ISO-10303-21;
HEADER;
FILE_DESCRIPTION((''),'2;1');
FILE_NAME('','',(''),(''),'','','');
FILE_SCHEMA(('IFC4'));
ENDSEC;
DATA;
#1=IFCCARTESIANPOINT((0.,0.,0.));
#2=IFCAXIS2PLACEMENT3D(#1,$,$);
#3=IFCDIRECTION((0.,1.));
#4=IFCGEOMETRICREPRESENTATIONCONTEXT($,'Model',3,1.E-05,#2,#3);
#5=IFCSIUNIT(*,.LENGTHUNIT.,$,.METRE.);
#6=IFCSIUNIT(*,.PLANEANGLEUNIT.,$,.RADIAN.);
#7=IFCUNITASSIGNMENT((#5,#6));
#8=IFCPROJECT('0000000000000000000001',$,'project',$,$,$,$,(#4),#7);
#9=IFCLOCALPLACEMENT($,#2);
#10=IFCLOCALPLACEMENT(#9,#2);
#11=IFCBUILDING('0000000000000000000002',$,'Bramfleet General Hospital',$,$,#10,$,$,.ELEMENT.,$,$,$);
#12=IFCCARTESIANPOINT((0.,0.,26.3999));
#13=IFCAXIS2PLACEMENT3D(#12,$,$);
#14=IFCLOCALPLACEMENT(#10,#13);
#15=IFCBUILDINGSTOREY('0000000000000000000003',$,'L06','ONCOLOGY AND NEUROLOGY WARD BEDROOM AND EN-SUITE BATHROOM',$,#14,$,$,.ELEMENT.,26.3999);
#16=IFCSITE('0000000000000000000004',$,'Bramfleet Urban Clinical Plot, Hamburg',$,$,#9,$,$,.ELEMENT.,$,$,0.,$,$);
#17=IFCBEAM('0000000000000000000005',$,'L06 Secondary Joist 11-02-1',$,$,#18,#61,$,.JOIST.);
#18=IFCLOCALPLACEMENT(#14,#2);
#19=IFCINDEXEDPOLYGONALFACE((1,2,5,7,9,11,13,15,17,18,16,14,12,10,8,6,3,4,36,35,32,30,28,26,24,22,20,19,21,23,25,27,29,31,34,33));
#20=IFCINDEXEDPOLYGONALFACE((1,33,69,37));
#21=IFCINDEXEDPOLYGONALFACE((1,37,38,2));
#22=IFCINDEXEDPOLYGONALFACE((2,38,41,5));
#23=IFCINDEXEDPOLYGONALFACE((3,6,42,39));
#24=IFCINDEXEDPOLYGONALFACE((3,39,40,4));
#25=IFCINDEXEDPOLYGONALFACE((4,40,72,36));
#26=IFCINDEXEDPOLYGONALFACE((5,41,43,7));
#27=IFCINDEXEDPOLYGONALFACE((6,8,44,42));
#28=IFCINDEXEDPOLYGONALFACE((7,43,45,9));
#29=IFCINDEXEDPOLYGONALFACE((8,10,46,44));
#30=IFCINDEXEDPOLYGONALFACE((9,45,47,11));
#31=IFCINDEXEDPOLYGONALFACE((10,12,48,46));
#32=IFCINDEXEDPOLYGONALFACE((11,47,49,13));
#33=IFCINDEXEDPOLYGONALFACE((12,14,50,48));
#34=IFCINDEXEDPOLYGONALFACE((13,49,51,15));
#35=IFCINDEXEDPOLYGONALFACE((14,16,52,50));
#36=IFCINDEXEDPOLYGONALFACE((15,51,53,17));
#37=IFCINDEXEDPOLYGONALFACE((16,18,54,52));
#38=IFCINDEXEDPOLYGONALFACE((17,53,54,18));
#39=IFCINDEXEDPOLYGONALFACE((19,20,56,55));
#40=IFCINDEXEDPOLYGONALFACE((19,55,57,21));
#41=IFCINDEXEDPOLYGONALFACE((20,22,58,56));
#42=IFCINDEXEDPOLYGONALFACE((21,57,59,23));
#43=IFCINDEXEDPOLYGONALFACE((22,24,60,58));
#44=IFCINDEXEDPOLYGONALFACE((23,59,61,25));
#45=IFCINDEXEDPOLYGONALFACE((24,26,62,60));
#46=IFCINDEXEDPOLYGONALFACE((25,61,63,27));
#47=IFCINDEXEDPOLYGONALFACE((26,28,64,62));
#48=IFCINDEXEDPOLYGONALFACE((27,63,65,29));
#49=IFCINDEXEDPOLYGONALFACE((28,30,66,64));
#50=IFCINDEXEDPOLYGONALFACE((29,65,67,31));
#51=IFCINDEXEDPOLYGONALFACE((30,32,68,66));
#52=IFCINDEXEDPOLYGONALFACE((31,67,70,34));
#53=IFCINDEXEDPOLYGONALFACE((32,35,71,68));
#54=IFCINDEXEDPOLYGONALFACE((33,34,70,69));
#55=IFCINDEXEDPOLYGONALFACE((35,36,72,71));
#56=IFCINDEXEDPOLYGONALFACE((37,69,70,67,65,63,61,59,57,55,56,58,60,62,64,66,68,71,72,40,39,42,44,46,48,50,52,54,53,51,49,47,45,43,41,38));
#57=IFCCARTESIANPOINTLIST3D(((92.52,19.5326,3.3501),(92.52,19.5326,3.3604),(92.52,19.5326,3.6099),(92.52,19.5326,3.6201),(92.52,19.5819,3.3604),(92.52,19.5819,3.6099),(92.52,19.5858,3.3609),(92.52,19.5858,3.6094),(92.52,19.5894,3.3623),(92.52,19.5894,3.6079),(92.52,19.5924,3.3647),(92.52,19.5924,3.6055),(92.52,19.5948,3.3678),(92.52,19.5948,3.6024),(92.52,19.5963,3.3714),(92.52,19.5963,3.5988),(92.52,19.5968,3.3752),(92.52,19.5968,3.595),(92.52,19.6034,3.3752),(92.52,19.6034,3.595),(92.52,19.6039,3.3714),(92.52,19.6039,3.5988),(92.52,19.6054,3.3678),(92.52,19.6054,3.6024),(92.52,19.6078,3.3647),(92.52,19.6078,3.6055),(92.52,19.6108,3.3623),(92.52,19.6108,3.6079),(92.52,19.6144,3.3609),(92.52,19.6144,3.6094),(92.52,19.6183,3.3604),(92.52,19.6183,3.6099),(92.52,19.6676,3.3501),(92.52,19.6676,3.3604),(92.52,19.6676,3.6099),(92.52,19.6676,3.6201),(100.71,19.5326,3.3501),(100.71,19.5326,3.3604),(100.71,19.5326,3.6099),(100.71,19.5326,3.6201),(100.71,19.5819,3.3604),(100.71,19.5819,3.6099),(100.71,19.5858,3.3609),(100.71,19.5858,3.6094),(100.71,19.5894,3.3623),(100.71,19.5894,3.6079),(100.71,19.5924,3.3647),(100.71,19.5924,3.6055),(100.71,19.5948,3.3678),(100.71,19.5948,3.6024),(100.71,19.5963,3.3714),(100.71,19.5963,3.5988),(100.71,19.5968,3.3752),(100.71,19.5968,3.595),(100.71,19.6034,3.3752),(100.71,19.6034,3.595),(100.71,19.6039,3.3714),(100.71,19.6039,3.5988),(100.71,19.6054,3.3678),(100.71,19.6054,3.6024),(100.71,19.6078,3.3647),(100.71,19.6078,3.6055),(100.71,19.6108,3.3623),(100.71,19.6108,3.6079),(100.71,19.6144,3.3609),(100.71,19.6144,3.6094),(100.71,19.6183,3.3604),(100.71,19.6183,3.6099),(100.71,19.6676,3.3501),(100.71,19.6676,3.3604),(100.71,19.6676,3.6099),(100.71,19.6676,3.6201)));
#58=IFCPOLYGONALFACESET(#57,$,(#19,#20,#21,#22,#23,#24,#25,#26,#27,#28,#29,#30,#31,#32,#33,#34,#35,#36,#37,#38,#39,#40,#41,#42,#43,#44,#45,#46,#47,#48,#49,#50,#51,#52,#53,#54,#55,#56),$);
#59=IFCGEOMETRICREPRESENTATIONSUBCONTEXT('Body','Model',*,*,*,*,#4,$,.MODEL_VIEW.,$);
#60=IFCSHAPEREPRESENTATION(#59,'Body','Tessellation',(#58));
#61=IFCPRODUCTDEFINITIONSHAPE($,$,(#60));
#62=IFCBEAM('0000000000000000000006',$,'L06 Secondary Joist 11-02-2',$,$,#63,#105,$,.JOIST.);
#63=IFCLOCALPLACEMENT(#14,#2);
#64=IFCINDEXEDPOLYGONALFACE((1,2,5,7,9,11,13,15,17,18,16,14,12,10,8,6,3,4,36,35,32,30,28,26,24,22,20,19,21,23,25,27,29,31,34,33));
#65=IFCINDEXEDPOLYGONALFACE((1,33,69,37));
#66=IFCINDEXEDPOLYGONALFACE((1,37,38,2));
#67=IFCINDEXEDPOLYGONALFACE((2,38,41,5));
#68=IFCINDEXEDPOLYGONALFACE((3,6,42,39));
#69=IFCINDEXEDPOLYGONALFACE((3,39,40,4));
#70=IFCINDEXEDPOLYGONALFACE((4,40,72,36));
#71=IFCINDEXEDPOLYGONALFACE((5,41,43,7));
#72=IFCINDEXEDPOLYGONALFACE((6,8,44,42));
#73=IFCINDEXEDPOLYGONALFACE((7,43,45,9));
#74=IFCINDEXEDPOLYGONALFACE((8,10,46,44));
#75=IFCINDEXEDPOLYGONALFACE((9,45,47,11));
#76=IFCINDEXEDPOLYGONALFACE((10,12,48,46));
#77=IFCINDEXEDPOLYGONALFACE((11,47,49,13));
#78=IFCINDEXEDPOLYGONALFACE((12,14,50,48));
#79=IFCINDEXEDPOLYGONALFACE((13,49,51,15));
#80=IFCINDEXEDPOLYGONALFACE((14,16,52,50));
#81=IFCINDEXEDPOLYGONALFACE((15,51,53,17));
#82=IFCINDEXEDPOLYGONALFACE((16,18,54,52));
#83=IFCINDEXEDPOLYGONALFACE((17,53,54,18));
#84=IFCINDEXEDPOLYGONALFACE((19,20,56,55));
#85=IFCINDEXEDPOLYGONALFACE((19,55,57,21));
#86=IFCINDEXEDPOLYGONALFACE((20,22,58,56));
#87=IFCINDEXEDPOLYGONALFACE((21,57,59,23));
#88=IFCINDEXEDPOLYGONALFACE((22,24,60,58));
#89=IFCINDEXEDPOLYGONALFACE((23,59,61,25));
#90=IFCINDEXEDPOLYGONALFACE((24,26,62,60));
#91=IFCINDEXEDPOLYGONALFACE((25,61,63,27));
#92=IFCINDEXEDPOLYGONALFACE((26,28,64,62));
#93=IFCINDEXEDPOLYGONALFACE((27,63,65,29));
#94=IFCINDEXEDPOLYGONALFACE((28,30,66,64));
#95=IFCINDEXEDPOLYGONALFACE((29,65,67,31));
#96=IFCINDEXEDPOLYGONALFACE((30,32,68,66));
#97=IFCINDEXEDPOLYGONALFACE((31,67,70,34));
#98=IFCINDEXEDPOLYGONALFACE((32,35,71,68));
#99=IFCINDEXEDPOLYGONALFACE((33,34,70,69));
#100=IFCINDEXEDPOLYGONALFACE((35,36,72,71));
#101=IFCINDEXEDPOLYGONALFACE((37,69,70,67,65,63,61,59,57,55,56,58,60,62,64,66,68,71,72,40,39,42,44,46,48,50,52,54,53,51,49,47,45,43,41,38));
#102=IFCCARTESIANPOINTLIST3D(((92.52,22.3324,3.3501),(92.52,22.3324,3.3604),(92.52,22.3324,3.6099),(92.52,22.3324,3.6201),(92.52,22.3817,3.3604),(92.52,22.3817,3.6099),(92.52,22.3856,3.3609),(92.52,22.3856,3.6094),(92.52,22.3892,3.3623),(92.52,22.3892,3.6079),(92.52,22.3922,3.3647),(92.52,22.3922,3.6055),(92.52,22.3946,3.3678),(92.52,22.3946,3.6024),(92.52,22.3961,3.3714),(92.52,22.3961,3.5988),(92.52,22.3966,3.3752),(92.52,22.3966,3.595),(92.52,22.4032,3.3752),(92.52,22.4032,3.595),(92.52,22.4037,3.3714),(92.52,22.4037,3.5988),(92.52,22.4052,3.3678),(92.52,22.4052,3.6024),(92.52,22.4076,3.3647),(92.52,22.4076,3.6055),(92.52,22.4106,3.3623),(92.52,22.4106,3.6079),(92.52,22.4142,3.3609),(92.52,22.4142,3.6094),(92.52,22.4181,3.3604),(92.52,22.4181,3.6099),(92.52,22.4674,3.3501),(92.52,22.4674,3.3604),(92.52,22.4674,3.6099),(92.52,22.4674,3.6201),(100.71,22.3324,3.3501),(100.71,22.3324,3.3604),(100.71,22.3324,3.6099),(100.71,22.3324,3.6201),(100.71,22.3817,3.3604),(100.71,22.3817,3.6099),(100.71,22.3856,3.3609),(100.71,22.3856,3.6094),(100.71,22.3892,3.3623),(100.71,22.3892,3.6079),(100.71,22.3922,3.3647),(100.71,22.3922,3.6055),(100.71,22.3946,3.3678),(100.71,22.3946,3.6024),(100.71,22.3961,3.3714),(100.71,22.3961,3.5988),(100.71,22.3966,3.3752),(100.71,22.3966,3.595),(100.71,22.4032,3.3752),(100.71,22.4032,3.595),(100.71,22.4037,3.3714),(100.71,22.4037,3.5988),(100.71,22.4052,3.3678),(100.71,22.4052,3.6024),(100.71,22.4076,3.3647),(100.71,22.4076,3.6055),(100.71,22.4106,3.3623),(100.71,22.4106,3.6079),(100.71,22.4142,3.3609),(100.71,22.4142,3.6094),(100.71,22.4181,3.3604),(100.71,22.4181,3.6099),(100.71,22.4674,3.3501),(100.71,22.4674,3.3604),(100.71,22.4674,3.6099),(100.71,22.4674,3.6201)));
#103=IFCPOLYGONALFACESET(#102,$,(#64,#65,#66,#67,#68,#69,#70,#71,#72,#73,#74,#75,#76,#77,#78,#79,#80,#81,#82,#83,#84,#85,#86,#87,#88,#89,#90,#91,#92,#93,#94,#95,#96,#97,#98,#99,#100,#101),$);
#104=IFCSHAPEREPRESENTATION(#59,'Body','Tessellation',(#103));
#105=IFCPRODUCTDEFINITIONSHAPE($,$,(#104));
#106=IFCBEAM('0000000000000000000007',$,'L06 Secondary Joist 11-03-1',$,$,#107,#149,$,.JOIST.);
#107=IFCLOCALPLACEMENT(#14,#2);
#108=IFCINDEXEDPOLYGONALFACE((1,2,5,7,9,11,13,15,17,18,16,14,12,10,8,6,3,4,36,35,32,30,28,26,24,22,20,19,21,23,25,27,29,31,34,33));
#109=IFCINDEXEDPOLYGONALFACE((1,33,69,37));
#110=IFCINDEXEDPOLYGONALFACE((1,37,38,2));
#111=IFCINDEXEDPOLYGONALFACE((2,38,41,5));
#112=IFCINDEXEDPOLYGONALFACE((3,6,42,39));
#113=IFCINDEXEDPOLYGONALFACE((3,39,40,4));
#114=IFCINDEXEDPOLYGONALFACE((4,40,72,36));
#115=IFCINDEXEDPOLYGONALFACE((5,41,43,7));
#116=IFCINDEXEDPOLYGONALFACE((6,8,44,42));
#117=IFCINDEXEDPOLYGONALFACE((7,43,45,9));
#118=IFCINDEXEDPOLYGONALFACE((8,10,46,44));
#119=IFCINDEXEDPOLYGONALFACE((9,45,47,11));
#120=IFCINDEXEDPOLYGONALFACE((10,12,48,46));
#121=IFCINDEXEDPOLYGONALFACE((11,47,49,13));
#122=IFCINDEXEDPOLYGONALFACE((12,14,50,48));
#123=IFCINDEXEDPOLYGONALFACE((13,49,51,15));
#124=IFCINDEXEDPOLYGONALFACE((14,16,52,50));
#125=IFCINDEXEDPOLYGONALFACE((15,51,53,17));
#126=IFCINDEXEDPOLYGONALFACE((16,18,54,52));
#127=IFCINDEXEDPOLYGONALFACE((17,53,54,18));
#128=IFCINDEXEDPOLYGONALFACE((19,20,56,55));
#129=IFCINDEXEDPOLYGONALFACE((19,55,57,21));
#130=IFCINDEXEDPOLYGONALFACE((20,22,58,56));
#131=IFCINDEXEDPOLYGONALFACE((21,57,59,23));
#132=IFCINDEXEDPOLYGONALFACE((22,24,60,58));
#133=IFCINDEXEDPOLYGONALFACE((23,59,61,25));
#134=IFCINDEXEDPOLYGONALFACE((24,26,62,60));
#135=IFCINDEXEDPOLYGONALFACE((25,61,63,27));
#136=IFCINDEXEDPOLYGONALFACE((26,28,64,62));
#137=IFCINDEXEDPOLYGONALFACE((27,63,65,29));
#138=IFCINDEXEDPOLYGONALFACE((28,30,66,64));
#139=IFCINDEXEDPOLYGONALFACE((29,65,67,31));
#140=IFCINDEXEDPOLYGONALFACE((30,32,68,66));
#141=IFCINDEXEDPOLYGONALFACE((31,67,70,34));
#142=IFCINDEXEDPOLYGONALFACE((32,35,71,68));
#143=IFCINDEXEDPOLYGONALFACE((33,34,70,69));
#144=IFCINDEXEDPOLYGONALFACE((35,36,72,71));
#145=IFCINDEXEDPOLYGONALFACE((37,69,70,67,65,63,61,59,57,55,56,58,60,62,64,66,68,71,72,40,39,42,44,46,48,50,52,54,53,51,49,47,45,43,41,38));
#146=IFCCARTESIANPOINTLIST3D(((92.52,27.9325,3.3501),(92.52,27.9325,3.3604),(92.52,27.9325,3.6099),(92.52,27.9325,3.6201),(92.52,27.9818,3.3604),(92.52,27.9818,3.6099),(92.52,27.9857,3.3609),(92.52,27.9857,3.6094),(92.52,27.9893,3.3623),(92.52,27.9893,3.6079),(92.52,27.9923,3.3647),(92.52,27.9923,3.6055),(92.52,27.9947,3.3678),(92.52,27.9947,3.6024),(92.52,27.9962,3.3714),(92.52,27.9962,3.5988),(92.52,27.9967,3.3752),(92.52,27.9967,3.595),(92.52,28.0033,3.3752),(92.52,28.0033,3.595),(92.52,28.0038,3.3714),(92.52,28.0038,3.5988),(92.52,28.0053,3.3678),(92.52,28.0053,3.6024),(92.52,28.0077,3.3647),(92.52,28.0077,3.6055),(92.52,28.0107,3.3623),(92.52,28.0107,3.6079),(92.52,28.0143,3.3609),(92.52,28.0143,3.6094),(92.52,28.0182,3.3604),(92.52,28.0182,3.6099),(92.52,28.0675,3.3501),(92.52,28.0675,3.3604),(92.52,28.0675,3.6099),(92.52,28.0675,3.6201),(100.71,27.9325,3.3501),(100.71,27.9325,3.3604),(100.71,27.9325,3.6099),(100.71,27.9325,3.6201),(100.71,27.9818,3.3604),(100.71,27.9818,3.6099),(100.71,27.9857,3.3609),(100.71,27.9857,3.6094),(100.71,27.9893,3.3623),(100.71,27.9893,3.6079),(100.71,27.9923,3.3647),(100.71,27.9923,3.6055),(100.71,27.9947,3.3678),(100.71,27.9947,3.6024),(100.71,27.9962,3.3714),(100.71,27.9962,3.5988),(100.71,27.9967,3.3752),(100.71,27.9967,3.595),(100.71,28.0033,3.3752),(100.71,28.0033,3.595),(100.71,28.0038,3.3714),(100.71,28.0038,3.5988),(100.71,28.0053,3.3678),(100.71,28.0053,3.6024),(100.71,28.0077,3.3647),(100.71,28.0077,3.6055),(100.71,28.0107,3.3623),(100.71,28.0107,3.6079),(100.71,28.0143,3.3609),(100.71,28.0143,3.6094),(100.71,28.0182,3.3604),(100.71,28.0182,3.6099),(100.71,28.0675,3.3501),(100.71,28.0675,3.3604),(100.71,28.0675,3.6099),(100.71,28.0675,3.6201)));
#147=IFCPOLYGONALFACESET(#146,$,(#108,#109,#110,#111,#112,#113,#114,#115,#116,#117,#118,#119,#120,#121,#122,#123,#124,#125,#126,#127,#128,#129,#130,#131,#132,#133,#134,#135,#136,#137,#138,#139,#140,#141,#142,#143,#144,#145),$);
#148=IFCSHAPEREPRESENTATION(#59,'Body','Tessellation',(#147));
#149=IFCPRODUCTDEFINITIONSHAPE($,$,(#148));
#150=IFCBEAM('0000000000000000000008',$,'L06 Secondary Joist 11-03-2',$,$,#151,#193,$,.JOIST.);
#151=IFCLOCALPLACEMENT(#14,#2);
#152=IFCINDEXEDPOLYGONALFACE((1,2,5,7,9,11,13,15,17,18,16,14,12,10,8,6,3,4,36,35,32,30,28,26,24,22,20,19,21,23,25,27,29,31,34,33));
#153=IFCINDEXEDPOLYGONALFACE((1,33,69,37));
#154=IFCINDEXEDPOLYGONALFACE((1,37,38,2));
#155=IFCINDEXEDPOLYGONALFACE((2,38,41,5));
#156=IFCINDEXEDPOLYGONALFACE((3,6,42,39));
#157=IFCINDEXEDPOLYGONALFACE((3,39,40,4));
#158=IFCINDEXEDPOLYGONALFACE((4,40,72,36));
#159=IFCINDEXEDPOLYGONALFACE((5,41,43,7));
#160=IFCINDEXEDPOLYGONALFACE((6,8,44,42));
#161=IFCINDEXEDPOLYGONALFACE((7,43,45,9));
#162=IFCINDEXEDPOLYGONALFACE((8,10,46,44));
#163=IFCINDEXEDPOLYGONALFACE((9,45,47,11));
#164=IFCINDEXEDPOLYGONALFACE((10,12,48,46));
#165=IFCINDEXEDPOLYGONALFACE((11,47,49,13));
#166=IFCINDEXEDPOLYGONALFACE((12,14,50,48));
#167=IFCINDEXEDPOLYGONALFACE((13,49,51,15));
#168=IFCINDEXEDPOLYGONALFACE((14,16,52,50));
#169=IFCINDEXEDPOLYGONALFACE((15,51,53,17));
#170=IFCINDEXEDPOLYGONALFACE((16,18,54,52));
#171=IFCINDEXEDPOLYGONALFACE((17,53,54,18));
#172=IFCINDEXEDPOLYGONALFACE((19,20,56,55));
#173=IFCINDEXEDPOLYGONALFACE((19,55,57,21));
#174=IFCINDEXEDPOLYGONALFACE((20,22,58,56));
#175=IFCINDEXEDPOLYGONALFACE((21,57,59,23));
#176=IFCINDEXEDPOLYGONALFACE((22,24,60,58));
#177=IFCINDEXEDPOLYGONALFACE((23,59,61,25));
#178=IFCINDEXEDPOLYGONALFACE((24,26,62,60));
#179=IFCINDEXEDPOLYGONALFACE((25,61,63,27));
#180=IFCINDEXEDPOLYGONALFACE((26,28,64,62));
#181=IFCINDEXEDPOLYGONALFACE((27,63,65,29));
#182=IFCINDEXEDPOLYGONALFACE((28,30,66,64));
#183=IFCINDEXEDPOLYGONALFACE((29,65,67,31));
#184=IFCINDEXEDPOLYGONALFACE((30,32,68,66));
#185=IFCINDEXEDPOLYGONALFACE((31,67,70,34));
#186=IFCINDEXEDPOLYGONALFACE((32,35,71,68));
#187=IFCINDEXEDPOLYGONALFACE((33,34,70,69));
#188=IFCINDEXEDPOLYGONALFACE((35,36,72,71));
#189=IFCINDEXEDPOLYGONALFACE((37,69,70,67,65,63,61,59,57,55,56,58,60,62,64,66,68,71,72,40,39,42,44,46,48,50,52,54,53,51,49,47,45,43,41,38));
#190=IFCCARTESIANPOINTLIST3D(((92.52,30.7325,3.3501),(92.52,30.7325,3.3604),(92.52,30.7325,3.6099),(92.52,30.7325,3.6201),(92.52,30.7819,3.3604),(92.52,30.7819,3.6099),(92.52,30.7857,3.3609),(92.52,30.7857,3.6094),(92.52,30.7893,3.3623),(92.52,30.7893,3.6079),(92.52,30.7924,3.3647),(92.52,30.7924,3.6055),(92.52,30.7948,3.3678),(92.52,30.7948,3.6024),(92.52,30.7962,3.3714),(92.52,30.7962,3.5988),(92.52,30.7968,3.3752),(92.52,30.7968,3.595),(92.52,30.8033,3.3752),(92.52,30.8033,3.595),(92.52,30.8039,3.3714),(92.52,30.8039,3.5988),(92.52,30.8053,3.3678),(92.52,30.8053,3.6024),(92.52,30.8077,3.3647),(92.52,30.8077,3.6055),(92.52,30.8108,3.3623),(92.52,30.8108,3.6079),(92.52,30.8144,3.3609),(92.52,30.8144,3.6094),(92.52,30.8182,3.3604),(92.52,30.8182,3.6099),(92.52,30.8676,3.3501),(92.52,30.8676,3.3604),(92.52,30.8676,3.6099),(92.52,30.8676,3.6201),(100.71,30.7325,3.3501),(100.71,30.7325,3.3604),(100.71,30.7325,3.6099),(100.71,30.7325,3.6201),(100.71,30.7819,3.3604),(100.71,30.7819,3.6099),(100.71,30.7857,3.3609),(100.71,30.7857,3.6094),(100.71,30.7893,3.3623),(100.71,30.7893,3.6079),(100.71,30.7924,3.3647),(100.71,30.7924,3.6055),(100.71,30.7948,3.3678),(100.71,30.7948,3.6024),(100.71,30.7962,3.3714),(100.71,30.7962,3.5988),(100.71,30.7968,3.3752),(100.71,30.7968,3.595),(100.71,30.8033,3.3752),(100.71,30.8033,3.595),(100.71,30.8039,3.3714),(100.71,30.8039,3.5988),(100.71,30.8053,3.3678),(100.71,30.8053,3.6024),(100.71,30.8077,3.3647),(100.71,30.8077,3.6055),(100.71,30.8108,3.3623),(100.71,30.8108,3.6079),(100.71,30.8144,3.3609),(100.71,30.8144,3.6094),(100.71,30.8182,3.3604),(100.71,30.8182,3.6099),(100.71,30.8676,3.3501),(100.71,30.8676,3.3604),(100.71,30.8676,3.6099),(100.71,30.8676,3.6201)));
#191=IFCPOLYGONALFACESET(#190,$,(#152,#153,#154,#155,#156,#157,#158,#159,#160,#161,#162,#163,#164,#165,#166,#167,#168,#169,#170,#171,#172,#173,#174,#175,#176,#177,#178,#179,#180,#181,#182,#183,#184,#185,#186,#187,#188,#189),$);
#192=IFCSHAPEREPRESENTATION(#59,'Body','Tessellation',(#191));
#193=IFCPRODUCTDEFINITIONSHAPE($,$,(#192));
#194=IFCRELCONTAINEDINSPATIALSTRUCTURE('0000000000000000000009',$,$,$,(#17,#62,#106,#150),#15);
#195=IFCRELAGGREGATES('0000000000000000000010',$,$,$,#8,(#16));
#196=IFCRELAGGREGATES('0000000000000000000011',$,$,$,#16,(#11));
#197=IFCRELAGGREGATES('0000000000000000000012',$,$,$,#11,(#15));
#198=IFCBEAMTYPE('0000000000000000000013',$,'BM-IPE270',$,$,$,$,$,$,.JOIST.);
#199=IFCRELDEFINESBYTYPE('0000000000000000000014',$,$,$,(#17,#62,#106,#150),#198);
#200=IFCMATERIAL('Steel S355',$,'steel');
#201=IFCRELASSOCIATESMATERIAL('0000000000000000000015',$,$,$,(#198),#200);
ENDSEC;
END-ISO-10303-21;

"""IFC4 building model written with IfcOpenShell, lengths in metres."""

from ifc_helpers import new_model, si_unit, direction, frame, origin, origin_2d, place, context, subcontext, project, spatial, i_section, extrude, material, material_profile, profile_set, type_object, element, save


model = new_model("IFC4")

# Units and contexts
model_context = context("Model", 3, precision=1e-05, world=origin(), true_north=direction((0.0, 1.0)))
body_context = subcontext(model_context, "Body", "Model", "MODEL_VIEW")
ifc_project = project(units=[si_unit("LENGTHUNIT", "METRE"), si_unit("PLANEANGLEUNIT", "RADIAN")], contexts=[model_context])

# Site, building, storey
site_placement = place(None, origin())
site = spatial("IfcSite", under=ifc_project, at=site_placement, Name="Bramfleet Urban Clinical Plot, Hamburg", CompositionType="ELEMENT", RefElevation=0.0)
building_placement = place(site_placement, origin())
building = spatial("IfcBuilding", under=site, at=building_placement, Name="Bramfleet General Hospital", CompositionType="ELEMENT")
storey_placement = place(building_placement, frame((0.0, 0.0, 26.3999)))
storey = spatial("IfcBuildingStorey", under=building, at=storey_placement, Name="L06", Description="ONCOLOGY AND NEUROLOGY WARD BEDROOM AND EN-SUITE BATHROOM", CompositionType="ELEMENT", Elevation=26.3999)

# Beams
ifc_material_1 = material(Name="Steel S355", Category="steel")
ifc_material_profile_1 = material_profile(ifc_material_1, i_section(OverallWidth=0.135, OverallDepth=0.27, WebThickness=0.0066, FlangeThickness=0.0103, FilletRadius=0.0149, at=origin_2d()), Name="IPE 270")
ifc_profile_set_1 = profile_set([ifc_material_profile_1], Name="Steel S355")
beam_type_1 = type_object("IfcBeamType", Name="BM-IPE270", PredefinedType="JOIST", material=ifc_profile_set_1)
for number, where, z_axis, x_axis, name in (
    (1, (92.52, 19.6001, 3.4851), (1.0, 0.0, 0.0), (0.0, 1.0, 0.0), "L06 Secondary Joist 11-02-1"),
    (2, (92.52, 22.3999, 3.4851), (1.0, 0.0, 0.0), (0.0, 1.0, 0.0), "L06 Secondary Joist 11-02-2"),
    (3, (92.52, 28.0, 3.4851), (1.0, 0.0, 0.0), (0.0, 1.0, 0.0), "L06 Secondary Joist 11-03-1"),
    (4, (92.52, 30.8, 3.4851), (1.0, 0.0, 0.0), (0.0, 1.0, 0.0), "L06 Secondary Joist 11-03-2"),
):
    element("IfcBeam", number, at=place(storey_placement, frame(where, z_axis=z_axis, x_axis=x_axis)), inside=storey, type_object=beam_type_1, Name=name, PredefinedType="JOIST", context=body_context, shape_type="SweptSolid", body=[
        extrude(i_section(OverallWidth=0.135, OverallDepth=0.27, WebThickness=0.0066, FlangeThickness=0.0103, FilletRadius=0.0149, at=origin_2d()), origin(), (0.0, 0.0, 1.0), 8.1899),
    ])

save(model, "model.ifc")
